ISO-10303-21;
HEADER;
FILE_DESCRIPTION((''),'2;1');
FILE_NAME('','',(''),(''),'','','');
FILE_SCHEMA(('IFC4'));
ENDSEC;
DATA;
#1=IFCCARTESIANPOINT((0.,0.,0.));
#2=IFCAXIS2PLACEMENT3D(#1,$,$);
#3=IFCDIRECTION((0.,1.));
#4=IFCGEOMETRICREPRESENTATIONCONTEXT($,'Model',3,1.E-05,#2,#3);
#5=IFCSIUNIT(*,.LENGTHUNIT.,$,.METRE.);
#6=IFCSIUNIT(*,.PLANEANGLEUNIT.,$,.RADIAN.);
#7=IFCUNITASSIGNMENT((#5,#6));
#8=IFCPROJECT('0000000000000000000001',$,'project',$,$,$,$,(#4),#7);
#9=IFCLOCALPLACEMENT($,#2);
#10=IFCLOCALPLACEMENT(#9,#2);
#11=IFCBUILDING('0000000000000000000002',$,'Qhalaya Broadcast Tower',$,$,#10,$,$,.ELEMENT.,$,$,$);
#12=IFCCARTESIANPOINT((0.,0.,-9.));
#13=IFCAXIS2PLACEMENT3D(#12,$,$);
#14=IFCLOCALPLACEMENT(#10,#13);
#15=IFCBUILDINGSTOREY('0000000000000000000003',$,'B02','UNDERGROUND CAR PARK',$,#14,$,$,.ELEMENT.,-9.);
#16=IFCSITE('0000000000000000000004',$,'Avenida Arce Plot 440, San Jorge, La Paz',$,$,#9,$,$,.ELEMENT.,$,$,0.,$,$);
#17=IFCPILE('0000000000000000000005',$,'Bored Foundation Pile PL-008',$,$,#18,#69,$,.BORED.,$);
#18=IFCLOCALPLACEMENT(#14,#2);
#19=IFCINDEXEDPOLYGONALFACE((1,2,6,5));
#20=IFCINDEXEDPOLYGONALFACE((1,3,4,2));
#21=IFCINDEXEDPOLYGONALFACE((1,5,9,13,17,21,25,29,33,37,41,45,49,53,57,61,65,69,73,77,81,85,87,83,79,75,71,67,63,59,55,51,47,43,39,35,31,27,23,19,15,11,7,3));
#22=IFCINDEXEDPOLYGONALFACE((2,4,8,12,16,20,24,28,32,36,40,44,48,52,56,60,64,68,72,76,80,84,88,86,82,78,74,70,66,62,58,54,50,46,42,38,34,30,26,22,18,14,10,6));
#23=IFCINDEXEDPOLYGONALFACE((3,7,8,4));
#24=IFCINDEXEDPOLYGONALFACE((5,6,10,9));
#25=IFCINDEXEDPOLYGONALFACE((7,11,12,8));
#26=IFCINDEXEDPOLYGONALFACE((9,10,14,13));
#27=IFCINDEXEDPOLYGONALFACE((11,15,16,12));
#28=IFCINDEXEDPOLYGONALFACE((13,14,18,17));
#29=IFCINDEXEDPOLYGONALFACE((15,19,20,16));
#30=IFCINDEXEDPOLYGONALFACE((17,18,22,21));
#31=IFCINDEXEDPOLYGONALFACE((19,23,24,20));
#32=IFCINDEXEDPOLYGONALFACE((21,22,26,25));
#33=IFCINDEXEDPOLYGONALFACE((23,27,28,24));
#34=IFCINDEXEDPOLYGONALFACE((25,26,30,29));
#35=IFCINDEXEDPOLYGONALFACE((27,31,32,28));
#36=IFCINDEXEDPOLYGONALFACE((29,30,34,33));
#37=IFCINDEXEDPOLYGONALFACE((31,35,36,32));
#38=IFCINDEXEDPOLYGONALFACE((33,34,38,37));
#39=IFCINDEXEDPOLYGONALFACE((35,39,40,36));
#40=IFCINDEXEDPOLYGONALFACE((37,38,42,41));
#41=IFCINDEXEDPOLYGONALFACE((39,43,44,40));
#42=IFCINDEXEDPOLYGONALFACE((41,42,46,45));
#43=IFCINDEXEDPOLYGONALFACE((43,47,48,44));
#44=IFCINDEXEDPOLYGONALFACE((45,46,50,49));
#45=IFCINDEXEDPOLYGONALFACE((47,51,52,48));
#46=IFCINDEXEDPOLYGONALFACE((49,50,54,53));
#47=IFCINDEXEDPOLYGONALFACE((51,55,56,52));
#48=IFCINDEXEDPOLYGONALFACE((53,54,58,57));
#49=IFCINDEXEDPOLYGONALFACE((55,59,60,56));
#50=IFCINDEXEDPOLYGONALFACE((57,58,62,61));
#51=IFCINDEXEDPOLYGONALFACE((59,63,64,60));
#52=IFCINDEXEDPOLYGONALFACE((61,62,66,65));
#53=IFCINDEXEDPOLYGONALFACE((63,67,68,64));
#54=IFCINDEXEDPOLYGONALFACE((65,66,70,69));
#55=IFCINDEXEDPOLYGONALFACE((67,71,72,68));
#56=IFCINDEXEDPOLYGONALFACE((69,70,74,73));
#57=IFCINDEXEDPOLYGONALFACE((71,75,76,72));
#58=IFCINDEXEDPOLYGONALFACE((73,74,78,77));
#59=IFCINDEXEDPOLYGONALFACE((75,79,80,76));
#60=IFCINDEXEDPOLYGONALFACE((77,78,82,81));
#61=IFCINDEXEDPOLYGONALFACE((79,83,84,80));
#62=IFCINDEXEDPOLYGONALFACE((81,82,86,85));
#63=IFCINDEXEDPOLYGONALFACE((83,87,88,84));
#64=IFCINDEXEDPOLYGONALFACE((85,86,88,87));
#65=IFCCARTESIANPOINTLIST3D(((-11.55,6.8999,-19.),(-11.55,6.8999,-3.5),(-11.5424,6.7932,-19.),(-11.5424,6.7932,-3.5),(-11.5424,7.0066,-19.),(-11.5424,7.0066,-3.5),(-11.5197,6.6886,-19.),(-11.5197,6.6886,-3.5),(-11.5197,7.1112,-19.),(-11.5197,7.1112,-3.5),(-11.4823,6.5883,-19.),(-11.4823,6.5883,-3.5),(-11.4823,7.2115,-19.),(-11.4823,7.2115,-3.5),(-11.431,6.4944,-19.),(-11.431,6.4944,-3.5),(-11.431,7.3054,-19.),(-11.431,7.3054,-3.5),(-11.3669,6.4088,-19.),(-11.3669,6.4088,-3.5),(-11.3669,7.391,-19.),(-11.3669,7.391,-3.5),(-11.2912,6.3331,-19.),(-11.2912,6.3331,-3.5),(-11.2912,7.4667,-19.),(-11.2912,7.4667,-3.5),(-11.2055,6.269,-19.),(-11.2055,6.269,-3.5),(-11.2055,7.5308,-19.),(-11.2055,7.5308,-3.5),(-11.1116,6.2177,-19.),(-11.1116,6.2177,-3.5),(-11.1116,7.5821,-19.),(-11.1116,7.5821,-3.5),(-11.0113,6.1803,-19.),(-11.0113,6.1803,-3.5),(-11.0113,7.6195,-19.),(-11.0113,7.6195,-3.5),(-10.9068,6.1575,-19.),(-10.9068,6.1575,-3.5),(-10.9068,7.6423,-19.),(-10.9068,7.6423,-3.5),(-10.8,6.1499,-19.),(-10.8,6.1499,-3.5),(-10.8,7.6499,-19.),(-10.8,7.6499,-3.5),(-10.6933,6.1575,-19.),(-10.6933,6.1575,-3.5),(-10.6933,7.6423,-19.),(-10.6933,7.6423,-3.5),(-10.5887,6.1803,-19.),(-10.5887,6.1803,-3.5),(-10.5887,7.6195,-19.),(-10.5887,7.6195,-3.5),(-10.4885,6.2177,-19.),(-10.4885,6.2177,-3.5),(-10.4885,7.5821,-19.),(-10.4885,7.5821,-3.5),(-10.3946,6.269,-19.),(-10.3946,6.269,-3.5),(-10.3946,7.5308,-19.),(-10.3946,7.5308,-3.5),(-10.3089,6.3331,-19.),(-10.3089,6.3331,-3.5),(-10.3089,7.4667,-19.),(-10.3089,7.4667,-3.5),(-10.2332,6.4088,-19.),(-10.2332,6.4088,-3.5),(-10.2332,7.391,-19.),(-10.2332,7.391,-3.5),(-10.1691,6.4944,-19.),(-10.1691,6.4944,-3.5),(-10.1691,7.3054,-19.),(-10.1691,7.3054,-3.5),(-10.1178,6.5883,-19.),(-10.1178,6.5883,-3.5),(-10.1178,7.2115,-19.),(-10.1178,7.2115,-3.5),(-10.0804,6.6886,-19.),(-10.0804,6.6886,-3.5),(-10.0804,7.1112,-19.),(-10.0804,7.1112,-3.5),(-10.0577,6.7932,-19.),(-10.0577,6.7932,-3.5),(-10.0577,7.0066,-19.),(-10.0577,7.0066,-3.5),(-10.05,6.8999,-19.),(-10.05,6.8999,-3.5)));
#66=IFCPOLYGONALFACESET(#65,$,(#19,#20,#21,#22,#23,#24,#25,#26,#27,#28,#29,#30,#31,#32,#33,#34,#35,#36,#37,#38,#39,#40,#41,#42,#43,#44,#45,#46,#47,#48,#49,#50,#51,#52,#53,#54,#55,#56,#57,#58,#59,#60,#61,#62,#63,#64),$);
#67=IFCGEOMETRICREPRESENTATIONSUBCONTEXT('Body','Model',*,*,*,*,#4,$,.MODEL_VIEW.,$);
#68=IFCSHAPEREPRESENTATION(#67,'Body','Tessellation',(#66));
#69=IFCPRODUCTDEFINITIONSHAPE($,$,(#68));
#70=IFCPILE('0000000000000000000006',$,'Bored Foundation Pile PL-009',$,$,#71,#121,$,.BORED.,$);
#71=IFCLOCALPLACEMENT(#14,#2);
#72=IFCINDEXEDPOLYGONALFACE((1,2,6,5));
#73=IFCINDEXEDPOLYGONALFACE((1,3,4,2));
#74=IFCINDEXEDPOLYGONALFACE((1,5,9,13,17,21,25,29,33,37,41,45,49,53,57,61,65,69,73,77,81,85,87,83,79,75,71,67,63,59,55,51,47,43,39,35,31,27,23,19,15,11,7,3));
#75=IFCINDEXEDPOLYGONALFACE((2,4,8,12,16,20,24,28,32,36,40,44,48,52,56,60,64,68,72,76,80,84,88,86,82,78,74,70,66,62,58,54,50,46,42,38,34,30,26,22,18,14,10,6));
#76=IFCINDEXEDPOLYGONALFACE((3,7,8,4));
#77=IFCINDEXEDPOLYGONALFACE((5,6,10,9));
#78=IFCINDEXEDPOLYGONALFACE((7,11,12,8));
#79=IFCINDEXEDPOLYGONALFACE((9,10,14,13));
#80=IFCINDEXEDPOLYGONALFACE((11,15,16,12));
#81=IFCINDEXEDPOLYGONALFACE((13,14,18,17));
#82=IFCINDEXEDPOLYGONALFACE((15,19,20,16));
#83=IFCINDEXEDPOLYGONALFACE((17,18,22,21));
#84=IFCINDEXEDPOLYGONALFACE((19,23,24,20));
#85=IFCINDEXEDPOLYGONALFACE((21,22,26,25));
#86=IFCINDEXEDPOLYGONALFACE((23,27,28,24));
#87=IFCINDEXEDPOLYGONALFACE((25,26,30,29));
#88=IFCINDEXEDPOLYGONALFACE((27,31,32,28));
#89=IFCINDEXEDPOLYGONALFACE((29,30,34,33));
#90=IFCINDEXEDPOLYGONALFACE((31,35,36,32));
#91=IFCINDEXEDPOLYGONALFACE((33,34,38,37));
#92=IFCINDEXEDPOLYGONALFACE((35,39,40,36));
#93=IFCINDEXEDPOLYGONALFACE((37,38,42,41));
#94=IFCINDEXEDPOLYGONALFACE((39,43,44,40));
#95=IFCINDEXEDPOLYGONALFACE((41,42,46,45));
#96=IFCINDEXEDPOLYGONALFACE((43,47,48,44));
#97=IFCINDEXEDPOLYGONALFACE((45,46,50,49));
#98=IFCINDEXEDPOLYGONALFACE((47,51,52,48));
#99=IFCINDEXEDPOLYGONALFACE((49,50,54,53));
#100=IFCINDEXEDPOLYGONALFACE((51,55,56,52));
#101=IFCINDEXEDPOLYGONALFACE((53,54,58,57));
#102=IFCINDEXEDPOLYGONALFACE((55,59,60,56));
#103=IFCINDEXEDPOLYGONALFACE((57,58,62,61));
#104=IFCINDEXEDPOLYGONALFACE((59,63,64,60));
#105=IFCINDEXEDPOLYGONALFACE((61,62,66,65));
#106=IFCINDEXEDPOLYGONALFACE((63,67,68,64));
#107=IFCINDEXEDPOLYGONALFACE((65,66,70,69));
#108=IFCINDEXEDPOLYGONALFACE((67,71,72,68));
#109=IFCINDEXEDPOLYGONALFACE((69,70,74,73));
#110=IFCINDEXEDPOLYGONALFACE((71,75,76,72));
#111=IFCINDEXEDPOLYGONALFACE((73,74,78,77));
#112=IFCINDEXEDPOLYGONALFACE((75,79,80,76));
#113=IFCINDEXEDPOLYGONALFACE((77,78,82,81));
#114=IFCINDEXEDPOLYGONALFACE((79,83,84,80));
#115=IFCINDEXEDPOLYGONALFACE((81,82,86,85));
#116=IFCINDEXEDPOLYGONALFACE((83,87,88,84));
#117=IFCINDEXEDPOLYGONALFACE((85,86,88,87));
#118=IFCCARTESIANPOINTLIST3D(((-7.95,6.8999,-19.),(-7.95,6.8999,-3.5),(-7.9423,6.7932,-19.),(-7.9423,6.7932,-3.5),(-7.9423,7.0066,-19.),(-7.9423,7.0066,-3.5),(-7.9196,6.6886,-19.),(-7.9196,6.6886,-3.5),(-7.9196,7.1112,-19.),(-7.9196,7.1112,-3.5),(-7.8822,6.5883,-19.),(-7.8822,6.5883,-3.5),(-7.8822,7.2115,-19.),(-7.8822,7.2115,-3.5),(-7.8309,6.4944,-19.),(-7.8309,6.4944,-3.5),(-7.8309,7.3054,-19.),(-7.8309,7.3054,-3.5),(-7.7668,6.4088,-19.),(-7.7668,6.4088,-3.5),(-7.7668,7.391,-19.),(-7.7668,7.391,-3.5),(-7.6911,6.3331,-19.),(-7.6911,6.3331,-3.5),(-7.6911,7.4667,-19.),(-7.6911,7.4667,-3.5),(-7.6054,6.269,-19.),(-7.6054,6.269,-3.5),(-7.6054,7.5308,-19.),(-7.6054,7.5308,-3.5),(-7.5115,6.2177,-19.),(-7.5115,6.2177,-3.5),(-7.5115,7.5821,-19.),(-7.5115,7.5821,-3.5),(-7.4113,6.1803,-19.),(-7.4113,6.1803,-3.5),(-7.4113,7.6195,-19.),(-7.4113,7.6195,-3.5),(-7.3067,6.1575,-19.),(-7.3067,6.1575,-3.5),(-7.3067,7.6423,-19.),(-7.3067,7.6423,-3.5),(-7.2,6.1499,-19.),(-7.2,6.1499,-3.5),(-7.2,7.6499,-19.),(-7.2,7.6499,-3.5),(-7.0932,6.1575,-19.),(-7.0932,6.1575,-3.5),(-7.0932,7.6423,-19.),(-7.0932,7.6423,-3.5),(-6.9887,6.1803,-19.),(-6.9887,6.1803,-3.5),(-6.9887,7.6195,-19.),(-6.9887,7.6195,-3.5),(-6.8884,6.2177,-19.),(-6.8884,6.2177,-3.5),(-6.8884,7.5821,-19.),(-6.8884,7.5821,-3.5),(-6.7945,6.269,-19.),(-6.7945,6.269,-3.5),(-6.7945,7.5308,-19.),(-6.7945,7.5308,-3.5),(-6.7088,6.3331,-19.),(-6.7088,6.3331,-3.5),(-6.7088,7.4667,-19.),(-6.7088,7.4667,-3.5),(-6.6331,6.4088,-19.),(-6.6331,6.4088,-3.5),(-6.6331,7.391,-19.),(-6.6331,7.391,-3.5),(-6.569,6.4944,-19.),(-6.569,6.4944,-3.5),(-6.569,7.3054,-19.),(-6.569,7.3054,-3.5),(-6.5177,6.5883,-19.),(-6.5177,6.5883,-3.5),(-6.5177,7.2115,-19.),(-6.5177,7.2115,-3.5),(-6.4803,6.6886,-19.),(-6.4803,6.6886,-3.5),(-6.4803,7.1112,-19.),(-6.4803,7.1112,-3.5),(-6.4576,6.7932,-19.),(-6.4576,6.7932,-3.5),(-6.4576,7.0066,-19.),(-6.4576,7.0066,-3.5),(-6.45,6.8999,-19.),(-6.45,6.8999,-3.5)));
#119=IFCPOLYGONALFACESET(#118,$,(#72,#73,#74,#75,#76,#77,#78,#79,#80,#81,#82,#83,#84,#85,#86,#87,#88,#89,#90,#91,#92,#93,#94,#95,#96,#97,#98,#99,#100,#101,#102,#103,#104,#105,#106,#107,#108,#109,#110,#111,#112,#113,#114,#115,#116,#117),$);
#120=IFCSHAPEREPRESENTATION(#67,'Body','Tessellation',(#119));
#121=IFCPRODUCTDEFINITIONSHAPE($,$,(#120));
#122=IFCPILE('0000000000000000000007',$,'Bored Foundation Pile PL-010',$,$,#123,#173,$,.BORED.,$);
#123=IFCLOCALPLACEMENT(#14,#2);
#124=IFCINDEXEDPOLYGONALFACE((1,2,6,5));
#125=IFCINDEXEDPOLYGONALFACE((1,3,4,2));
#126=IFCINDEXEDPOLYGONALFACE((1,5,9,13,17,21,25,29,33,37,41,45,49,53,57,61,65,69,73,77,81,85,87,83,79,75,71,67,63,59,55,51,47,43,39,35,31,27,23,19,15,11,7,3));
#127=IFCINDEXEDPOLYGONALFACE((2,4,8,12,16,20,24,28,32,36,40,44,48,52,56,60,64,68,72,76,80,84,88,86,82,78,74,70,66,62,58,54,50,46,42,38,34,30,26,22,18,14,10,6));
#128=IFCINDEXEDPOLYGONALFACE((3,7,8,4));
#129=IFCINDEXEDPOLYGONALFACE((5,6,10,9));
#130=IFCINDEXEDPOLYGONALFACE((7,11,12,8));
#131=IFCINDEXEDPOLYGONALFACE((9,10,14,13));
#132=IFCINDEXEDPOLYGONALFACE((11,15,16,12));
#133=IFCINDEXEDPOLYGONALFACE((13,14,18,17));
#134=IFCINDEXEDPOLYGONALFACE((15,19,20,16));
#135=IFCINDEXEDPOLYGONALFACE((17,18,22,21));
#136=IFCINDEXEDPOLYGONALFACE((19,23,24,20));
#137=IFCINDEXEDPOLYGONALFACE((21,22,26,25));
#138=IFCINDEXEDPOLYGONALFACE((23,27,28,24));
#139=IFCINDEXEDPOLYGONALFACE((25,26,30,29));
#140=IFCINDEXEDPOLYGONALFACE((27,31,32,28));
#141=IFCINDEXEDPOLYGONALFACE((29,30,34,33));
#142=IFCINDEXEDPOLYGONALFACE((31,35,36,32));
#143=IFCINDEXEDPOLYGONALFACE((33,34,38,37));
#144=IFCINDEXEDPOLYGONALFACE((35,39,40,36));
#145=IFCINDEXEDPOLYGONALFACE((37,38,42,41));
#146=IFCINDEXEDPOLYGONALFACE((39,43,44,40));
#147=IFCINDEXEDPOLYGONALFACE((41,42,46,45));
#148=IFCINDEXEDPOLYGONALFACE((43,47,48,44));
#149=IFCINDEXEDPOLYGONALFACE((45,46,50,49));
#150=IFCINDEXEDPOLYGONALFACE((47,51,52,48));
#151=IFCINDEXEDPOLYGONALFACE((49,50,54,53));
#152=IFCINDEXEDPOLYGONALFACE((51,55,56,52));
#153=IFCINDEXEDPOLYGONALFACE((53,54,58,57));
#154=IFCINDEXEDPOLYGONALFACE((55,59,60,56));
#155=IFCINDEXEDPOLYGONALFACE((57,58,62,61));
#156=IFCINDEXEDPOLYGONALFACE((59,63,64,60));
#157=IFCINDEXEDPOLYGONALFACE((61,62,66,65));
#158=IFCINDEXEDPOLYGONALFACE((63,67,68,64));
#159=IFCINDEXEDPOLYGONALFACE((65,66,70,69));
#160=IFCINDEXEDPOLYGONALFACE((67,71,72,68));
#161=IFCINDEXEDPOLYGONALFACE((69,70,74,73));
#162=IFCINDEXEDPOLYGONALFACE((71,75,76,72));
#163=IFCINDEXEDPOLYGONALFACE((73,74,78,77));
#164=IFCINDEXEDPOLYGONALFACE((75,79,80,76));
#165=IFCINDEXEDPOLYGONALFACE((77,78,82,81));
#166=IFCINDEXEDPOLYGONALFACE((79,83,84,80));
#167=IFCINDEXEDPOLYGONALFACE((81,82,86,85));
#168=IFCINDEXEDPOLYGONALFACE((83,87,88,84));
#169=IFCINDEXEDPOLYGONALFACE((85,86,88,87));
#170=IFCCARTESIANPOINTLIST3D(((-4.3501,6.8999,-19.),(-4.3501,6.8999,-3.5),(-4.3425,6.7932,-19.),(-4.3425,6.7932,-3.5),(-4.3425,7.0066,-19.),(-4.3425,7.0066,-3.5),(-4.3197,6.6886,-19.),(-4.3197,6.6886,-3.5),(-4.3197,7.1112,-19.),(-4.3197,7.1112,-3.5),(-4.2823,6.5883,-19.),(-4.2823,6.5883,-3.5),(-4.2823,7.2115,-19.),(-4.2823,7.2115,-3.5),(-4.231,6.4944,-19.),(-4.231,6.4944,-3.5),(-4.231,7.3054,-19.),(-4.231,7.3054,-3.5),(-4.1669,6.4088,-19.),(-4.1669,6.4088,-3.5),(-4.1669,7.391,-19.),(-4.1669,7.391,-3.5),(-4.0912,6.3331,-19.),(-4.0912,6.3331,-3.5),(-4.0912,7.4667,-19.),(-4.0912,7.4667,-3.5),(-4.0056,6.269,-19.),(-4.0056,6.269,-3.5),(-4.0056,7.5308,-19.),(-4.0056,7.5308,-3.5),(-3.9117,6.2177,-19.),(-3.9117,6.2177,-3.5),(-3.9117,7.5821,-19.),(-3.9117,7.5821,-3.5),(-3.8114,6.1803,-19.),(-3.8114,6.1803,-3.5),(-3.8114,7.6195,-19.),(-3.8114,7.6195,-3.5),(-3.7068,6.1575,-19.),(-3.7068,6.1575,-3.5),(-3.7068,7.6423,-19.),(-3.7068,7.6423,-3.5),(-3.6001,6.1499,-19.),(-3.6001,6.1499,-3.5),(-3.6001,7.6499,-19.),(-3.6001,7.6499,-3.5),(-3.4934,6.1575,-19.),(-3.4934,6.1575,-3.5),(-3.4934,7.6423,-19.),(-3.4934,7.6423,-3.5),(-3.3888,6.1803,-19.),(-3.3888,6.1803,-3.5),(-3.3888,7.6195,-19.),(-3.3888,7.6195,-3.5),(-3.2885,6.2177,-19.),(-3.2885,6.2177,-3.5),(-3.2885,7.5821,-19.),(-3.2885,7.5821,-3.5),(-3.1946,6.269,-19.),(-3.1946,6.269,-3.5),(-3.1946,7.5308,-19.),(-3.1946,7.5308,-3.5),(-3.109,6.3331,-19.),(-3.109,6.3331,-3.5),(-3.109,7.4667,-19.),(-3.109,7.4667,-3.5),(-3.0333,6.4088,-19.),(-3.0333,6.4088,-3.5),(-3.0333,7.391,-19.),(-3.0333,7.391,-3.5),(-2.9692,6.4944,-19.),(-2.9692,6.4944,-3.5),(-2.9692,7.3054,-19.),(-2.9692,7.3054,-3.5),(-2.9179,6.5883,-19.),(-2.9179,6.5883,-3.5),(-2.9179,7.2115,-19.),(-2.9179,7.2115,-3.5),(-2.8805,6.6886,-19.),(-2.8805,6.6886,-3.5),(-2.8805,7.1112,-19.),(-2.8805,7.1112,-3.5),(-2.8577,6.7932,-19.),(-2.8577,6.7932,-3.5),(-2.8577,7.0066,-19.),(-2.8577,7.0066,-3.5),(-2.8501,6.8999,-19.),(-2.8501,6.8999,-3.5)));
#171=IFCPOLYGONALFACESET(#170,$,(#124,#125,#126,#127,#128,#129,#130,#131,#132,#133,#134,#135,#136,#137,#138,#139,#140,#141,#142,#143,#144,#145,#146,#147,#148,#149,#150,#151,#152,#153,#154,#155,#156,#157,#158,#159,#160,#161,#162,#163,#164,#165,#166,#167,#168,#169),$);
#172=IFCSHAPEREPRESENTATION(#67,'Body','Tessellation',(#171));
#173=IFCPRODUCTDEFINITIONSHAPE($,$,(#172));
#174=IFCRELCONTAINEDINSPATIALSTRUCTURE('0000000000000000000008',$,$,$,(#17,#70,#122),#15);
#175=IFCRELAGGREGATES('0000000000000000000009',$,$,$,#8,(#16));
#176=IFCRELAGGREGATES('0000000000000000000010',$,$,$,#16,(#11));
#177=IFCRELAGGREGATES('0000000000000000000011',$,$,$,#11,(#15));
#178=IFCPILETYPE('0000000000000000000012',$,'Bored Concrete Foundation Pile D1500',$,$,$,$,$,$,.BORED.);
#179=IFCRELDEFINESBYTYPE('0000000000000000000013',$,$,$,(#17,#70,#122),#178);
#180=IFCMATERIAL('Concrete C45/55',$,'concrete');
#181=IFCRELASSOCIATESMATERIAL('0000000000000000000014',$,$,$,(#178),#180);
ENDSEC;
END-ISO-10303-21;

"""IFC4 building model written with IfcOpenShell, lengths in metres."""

from ifc_helpers import new_model, si_unit, direction, frame, origin, origin_2d, place, context, subcontext, project, spatial, circle, extrude, material, material_profile, profile_set, type_object, element, save


model = new_model("IFC4")

# Units and contexts
model_context = context("Model", 3, precision=1e-05, world=origin(), true_north=direction((0.0, 1.0)))
body_context = subcontext(model_context, "Body", "Model", "MODEL_VIEW")
ifc_project = project(units=[si_unit("LENGTHUNIT", "METRE"), si_unit("PLANEANGLEUNIT", "RADIAN")], contexts=[model_context])

# Site, building, storey
site_placement = place(None, origin())
site = spatial("IfcSite", under=ifc_project, at=site_placement, Name="Avenida Arce Plot 440, San Jorge, La Paz", CompositionType="ELEMENT", RefElevation=0.0)
building_placement = place(site_placement, origin())
building = spatial("IfcBuilding", under=site, at=building_placement, Name="Qhalaya Broadcast Tower", CompositionType="ELEMENT")
storey_placement = place(building_placement, frame((0.0, 0.0, -9.0)))
storey = spatial("IfcBuildingStorey", under=building, at=storey_placement, Name="B02", Description="UNDERGROUND CAR PARK", CompositionType="ELEMENT", Elevation=-9.0)

# Piles
ifc_material_1 = material(Name="Concrete C45/55", Category="concrete")
ifc_material_profile_1 = material_profile(ifc_material_1, circle(Radius=0.75, at=origin_2d()), Name="PILE D1500")
ifc_profile_set_1 = profile_set([ifc_material_profile_1], Name="Concrete C45/55")
pile_type = type_object("IfcPileType", Name="Bored Concrete Foundation Pile D1500", PredefinedType="BORED", material=ifc_profile_set_1)
for number, where, z_axis, x_axis, name in (
    (1, (-10.8, 6.8999, -3.5), (0.0, 0.0, -1.0), (1.0, 0.0, 0.0), "Bored Foundation Pile PL-008"),
    (2, (-7.2, 6.8999, -3.5), (0.0, 0.0, -1.0), (1.0, 0.0, 0.0), "Bored Foundation Pile PL-009"),
    (3, (-3.6001, 6.8999, -3.5), (0.0, 0.0, -1.0), (1.0, 0.0, 0.0), "Bored Foundation Pile PL-010"),
):
    element("IfcPile", number, at=place(storey_placement, frame(where, z_axis=z_axis, x_axis=x_axis)), inside=storey, type_object=pile_type, Name=name, PredefinedType="BORED", context=body_context, shape_type="SweptSolid", body=[
        extrude(circle(Radius=0.75, at=origin_2d()), origin(), (0.0, 0.0, 1.0), 15.5),
    ])

save(model, "model.ifc")
